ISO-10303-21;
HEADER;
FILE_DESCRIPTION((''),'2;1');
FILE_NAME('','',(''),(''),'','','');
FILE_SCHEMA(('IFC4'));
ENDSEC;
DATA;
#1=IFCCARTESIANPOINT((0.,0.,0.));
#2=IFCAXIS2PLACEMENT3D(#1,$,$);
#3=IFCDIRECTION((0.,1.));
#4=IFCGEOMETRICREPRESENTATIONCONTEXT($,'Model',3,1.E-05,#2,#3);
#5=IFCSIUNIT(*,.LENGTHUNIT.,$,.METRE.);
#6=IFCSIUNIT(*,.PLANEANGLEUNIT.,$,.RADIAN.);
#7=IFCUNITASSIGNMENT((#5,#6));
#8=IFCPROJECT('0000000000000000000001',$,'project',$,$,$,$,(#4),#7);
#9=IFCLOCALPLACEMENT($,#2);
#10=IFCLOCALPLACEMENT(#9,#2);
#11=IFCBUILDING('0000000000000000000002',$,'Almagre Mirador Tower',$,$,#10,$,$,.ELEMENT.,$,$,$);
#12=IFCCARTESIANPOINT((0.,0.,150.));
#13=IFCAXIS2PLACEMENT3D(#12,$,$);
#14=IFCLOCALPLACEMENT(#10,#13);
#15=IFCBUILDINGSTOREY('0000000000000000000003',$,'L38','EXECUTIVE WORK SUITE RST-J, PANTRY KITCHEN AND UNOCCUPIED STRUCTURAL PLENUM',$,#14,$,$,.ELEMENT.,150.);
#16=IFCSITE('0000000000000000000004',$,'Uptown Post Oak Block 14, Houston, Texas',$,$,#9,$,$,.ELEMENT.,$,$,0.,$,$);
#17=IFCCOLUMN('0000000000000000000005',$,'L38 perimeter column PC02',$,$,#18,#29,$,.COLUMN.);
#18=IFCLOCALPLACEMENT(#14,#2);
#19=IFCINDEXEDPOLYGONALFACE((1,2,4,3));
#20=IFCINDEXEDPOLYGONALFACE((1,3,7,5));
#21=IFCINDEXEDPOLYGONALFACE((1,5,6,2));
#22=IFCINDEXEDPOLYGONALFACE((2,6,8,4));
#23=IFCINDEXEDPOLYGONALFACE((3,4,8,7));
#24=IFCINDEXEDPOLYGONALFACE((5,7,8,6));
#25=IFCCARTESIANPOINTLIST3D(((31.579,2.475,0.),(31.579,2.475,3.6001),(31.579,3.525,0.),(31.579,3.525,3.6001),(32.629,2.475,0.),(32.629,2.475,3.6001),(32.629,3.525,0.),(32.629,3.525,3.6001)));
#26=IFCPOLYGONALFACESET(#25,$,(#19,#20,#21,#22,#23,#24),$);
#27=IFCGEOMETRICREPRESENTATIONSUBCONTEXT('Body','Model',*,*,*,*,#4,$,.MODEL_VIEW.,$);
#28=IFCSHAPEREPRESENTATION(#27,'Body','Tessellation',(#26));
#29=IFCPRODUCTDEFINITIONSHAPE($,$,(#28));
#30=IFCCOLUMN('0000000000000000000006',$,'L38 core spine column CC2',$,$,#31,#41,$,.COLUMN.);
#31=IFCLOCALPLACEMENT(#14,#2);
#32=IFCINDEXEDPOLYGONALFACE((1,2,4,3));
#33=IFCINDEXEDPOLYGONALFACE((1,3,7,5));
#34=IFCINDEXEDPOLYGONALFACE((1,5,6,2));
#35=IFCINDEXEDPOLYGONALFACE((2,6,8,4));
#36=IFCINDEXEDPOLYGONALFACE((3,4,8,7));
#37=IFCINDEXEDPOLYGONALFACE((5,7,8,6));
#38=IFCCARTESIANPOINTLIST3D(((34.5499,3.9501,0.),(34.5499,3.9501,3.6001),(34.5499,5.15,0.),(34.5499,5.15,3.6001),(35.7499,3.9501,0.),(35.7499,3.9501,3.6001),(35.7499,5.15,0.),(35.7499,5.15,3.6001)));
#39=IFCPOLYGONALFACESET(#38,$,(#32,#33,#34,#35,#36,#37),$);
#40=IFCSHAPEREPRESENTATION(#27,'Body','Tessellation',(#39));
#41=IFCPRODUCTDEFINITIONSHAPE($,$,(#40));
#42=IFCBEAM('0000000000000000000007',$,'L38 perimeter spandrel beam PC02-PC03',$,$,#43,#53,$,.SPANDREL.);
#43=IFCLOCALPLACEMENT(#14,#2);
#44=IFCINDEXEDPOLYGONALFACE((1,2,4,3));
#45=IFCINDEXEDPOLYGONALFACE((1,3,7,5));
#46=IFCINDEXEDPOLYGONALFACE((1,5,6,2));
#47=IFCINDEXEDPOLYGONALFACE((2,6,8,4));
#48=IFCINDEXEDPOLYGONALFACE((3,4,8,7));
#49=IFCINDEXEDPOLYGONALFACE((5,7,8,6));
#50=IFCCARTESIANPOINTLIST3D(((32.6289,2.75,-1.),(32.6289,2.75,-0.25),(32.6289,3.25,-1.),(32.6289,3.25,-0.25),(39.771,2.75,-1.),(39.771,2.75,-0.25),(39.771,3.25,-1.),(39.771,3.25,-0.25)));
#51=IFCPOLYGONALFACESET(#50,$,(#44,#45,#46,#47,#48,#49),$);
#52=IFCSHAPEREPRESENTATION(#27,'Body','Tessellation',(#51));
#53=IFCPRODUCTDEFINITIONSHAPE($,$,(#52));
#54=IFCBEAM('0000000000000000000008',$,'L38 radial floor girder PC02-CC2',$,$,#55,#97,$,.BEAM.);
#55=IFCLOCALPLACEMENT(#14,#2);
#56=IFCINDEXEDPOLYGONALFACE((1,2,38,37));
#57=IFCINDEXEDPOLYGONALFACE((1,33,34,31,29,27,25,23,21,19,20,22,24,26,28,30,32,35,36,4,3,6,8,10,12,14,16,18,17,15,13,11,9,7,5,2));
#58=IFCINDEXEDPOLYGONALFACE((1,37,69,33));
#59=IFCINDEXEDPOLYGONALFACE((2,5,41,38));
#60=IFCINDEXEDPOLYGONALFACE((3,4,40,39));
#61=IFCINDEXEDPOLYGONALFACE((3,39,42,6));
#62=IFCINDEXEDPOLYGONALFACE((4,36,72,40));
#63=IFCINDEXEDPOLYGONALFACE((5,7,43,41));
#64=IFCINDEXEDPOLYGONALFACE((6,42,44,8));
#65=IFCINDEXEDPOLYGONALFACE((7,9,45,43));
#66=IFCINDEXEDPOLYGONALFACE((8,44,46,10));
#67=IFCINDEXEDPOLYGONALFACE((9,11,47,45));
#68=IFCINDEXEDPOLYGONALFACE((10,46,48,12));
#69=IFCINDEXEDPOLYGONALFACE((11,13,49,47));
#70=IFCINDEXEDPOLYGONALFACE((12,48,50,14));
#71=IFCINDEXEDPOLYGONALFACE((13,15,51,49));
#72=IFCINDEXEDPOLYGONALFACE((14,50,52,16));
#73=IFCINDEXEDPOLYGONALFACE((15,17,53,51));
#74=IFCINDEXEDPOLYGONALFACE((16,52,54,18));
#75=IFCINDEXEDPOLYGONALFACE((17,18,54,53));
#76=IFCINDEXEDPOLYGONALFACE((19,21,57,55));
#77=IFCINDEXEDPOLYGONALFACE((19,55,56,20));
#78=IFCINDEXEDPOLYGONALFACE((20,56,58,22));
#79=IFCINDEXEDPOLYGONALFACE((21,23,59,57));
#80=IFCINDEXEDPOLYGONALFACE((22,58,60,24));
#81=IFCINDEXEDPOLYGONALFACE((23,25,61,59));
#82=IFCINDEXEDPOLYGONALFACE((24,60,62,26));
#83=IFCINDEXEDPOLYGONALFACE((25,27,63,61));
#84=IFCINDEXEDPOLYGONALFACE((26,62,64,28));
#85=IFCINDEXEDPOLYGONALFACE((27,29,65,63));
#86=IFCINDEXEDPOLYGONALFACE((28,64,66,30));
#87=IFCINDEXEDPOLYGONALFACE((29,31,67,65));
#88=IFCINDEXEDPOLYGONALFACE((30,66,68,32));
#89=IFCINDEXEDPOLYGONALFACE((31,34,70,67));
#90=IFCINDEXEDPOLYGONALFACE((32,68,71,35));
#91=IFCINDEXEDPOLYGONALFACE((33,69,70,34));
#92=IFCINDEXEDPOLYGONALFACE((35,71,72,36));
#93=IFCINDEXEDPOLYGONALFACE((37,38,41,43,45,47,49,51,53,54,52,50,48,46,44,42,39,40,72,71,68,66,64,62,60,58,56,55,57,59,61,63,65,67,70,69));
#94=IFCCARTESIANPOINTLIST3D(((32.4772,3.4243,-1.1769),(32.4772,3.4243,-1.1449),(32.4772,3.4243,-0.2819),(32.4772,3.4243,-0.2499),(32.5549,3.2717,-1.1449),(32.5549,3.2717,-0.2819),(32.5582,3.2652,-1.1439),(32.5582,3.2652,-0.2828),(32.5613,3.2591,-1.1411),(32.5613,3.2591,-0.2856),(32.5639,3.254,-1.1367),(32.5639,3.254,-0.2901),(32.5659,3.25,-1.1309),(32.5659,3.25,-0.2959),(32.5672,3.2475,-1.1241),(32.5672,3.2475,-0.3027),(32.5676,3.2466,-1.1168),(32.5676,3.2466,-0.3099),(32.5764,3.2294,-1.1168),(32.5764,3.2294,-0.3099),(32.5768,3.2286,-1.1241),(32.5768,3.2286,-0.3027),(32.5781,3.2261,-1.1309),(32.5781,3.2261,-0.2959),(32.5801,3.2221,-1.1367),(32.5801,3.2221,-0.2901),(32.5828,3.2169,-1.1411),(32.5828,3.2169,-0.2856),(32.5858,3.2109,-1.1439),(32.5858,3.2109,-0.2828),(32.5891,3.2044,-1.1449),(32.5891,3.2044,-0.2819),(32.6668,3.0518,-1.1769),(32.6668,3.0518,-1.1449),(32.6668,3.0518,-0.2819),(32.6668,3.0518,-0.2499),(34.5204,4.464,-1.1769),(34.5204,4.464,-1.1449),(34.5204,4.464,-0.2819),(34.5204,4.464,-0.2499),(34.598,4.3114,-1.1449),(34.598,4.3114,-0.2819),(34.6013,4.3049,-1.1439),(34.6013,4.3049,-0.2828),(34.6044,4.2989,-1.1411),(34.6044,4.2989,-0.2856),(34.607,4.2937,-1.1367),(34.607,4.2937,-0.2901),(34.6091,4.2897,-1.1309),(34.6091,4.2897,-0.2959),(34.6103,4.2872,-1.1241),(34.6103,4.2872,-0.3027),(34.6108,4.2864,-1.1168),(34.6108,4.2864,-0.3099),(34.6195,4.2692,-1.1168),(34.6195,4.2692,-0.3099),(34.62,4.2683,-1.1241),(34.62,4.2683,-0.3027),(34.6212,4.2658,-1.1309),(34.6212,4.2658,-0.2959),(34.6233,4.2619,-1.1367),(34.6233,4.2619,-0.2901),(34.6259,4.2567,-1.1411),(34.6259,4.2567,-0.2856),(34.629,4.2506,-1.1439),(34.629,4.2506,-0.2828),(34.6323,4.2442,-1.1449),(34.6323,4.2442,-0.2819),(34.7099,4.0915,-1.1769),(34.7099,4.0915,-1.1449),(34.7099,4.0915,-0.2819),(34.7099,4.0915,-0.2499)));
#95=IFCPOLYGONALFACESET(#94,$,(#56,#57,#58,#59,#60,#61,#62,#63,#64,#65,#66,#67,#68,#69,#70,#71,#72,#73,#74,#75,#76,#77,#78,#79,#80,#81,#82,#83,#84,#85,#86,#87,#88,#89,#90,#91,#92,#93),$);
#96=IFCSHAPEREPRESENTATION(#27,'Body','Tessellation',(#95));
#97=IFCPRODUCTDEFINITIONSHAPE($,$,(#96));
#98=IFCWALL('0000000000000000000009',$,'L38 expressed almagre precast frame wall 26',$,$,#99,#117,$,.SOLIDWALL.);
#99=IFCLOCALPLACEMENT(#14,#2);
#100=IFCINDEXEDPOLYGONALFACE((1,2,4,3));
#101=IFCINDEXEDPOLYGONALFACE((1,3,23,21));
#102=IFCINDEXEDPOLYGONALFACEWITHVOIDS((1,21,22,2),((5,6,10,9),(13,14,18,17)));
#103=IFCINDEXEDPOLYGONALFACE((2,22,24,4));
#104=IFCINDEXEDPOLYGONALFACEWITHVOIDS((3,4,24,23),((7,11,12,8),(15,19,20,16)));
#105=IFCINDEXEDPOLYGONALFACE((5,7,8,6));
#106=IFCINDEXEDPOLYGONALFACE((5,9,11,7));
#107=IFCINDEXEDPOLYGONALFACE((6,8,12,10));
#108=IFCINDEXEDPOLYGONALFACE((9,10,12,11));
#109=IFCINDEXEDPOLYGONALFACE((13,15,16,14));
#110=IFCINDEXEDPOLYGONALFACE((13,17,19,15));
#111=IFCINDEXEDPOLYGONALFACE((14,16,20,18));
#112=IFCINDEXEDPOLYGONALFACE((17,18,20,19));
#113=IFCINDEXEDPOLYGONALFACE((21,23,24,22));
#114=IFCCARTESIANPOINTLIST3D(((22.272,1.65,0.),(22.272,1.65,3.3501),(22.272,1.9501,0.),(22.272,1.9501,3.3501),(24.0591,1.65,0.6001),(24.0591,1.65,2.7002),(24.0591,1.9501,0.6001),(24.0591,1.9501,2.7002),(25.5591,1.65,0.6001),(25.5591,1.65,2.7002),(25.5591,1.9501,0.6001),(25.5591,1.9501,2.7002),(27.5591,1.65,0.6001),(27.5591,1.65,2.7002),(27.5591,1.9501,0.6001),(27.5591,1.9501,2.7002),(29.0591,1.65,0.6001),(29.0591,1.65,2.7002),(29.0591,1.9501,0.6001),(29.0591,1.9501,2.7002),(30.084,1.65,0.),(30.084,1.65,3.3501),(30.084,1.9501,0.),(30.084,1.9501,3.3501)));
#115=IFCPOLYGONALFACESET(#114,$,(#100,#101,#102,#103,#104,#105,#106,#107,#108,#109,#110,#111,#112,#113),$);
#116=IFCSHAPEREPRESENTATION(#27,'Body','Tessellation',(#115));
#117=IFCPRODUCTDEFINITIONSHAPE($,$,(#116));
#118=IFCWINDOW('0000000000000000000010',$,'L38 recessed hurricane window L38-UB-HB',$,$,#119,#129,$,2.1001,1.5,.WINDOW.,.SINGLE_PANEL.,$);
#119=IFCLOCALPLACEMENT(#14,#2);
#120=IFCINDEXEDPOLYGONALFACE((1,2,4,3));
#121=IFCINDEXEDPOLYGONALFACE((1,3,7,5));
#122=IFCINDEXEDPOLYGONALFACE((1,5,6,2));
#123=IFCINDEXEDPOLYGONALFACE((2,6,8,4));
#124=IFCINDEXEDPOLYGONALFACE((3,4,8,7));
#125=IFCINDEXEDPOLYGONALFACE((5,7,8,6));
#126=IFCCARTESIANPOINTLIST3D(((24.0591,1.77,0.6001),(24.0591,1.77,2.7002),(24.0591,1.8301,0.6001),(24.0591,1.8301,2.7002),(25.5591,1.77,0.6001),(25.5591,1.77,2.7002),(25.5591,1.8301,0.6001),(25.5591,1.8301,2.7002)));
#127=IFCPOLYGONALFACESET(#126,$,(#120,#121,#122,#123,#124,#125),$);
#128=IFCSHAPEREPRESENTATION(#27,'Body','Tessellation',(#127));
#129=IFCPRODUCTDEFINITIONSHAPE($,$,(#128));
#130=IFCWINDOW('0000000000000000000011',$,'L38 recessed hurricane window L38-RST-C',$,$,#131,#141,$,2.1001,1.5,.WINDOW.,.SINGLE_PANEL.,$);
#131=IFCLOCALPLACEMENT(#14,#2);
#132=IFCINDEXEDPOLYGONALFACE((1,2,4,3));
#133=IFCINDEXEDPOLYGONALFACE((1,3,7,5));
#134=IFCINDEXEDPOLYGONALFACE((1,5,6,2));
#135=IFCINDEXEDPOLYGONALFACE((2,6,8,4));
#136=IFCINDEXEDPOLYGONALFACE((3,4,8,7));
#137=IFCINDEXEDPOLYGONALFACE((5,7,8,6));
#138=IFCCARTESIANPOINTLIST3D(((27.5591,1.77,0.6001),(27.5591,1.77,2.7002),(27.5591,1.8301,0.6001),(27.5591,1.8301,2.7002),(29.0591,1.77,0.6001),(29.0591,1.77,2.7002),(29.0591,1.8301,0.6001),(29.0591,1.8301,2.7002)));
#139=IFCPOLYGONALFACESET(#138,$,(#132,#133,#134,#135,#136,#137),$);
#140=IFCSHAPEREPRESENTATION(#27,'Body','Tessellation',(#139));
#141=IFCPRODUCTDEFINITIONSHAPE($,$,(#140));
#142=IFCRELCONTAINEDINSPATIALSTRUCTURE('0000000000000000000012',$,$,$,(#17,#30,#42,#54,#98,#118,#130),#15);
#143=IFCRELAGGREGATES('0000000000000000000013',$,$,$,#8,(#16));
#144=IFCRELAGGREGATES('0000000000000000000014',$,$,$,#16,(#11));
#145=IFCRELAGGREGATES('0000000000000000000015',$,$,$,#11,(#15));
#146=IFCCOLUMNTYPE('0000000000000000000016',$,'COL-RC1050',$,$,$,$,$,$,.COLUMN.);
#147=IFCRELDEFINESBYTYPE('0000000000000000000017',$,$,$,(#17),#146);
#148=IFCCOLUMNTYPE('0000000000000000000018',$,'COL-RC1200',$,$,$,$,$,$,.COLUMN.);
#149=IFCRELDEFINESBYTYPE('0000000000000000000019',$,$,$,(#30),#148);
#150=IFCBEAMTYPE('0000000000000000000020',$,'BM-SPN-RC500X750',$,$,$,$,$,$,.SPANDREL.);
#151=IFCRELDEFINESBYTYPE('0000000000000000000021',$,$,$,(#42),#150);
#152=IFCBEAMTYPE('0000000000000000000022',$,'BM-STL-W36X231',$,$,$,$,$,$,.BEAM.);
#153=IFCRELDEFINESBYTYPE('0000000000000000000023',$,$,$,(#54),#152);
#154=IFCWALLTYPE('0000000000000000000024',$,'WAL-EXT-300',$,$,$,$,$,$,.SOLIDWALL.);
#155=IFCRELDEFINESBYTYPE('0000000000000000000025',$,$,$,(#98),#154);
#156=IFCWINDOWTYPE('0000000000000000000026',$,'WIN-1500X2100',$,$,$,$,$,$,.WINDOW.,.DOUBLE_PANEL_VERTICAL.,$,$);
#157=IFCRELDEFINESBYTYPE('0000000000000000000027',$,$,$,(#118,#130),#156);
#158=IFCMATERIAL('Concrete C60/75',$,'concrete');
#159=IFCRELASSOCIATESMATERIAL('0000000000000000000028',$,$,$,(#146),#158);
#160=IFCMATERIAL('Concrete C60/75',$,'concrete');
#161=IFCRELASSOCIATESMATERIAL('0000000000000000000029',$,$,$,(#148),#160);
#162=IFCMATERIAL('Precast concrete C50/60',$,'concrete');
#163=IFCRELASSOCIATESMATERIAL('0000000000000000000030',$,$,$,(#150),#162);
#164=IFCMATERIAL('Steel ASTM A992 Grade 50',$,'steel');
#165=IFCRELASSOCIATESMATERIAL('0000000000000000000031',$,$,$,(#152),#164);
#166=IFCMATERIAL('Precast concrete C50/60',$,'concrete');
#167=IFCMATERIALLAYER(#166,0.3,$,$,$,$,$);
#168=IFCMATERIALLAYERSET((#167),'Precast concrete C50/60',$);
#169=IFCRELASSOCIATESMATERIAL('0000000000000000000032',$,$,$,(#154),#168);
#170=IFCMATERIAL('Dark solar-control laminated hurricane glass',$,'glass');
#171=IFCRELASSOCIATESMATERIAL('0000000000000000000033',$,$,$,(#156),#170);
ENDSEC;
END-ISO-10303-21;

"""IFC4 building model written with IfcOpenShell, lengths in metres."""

from ifc_helpers import new_model, si_unit, direction, frame, frame_2d, origin, origin_2d, place, context, subcontext, project, spatial, rectangle, i_section, extrude, material, layer, layer_set, material_profile, profile_set, type_object, element, fill, save


model = new_model("IFC4")

# Units and contexts
model_context = context("Model", 3, precision=1e-05, world=origin(), true_north=direction((0.0, 1.0)))
body_context = subcontext(model_context, "Body", "Model", "MODEL_VIEW")
ifc_project = project(units=[si_unit("LENGTHUNIT", "METRE"), si_unit("PLANEANGLEUNIT", "RADIAN")], contexts=[model_context])

# Site, building, storey
site_placement = place(None, origin())
site = spatial("IfcSite", under=ifc_project, at=site_placement, Name="Uptown Post Oak Block 14, Houston, Texas", CompositionType="ELEMENT", RefElevation=0.0)
building_placement = place(site_placement, origin())
building = spatial("IfcBuilding", under=site, at=building_placement, Name="Almagre Mirador Tower", CompositionType="ELEMENT")
storey_placement = place(building_placement, frame((0.0, 0.0, 150.0)))
storey = spatial("IfcBuildingStorey", under=building, at=storey_placement, Name="L38", Description="EXECUTIVE WORK SUITE RST-J, PANTRY KITCHEN AND UNOCCUPIED STRUCTURAL PLENUM", CompositionType="ELEMENT", Elevation=150.0)

# Columns
ifc_material_1 = material(Name="Concrete C60/75", Category="concrete")
ifc_material_profile_1 = material_profile(ifc_material_1, rectangle(XDim=1.05, YDim=1.05, at=origin_2d()), Name="RC1050X1050")
ifc_profile_set_1 = profile_set([ifc_material_profile_1], Name="Concrete C60/75")
column_type_1 = type_object("IfcColumnType", Name="COL-RC1050", PredefinedType="COLUMN", material=ifc_profile_set_1)
column_1_placement = place(storey_placement, frame((32.104, 3.0, 0.0), z_axis=(0.0, 0.0, 1.0), x_axis=(1.0, 0.0, 0.0)))
element("IfcColumn", 1, at=column_1_placement, inside=storey, type_object=column_type_1, Name="L38 perimeter column PC02", PredefinedType="COLUMN", context=body_context, shape_type="SweptSolid", body=[
    extrude(rectangle(XDim=1.05, YDim=1.05, at=origin_2d()), origin(), (0.0, 0.0, 1.0), 3.6001),
])
ifc_material_2 = material(Name="Concrete C60/75", Category="concrete")
ifc_material_profile_2 = material_profile(ifc_material_2, rectangle(XDim=1.2, YDim=1.2, at=origin_2d()), Name="RC1200X1200")
ifc_profile_set_2 = profile_set([ifc_material_profile_2], Name="Concrete C60/75")
column_type_2 = type_object("IfcColumnType", Name="COL-RC1200", PredefinedType="COLUMN", material=ifc_profile_set_2)
column_2_placement = place(storey_placement, frame((35.1499, 4.55, 0.0), z_axis=(0.0, 0.0, 1.0), x_axis=(1.0, 0.0, 0.0)))
element("IfcColumn", 2, at=column_2_placement, inside=storey, type_object=column_type_2, Name="L38 core spine column CC2", PredefinedType="COLUMN", context=body_context, shape_type="SweptSolid", body=[
    extrude(rectangle(XDim=1.2, YDim=1.2, at=origin_2d()), origin(), (0.0, 0.0, 1.0), 3.6001),
])

# Beams
ifc_material_3 = material(Name="Precast concrete C50/60", Category="concrete")
ifc_material_profile_3 = material_profile(ifc_material_3, rectangle(XDim=0.5, YDim=0.75, at=origin_2d()), Name="RC500X750")
ifc_profile_set_3 = profile_set([ifc_material_profile_3], Name="Precast concrete C50/60")
beam_type_1 = type_object("IfcBeamType", Name="BM-SPN-RC500X750", PredefinedType="SPANDREL", material=ifc_profile_set_3)
beam_1_placement = place(storey_placement, frame((32.6289, 3.0, -0.625), z_axis=(1.0, 0.0, 0.0), x_axis=(0.0, 1.0, 0.0)))
element("IfcBeam", 3, at=beam_1_placement, inside=storey, type_object=beam_type_1, Name="L38 perimeter spandrel beam PC02-PC03", PredefinedType="SPANDREL", context=body_context, shape_type="SweptSolid", body=[
    extrude(rectangle(XDim=0.5, YDim=0.75, at=origin_2d()), origin(), (0.0, 0.0, 1.0), 7.1421),
])
ifc_material_4 = material(Name="Steel ASTM A992 Grade 50", Category="steel")
ifc_material_profile_4 = material_profile(ifc_material_4, i_section(OverallWidth=0.418, OverallDepth=0.927, WebThickness=0.0193, FlangeThickness=0.032, FilletRadius=0.0281, at=origin_2d()), Name="W36X231")
ifc_profile_set_4 = profile_set([ifc_material_profile_4], Name="Steel ASTM A992 Grade 50")
beam_type_2 = type_object("IfcBeamType", Name="BM-STL-W36X231", PredefinedType="BEAM", material=ifc_profile_set_4)
beam_2_placement = place(storey_placement, frame((32.572, 3.238, -0.7134), z_axis=(0.891231, 0.453549, 0.0), x_axis=(-0.453549, 0.891231, 0.0)))
element("IfcBeam", 4, at=beam_2_placement, inside=storey, type_object=beam_type_2, Name="L38 radial floor girder PC02-CC2", PredefinedType="BEAM", context=body_context, shape_type="SweptSolid", body=[
    extrude(i_section(OverallWidth=0.418, OverallDepth=0.927, WebThickness=0.0193, FlangeThickness=0.032, FilletRadius=0.0281, at=origin_2d()), origin(), (0.0, 0.0, 1.0), 2.2925),
])

# Wall, openings, windows
ifc_material_5 = material(Name="Precast concrete C50/60", Category="concrete")
ifc_layer_1 = layer(ifc_material_5, 0.3)
ifc_layer_set_1 = layer_set([ifc_layer_1], Name="Precast concrete C50/60")
wall_type_1 = type_object("IfcWallType", Name="WAL-EXT-300", PredefinedType="SOLIDWALL", material=ifc_layer_set_1)
wall_1_placement = place(storey_placement, frame((30.084, 1.8, 0.0), z_axis=(0.0, 0.0, 1.0), x_axis=(-1.0, 0.0, 0.0)))
wall_1 = element("IfcWall", 5, at=wall_1_placement, inside=storey, type_object=wall_type_1, Name="L38 expressed almagre precast frame wall 26", PredefinedType="SOLIDWALL", context=body_context, shape_type="SweptSolid", body=[
    extrude(rectangle(XDim=7.812, YDim=0.3, at=frame_2d((3.906, 0.0))), origin(), (0.0, 0.0, 1.0), 3.3501),
])
opening_1_placement = place(wall_1_placement, frame((4.5249, 0.0, 0.6001)))
opening_1 = element("IfcOpeningElement", 6, at=opening_1_placement, cuts=wall_1, PredefinedType="OPENING", context=body_context, shape_type="SweptSolid", body=[
    extrude(rectangle(XDim=1.5, YDim=2.1001, at=frame_2d((0.75, 1.05))), frame((0.0, 0.1599, 0.0), z_axis=(0.0, -1.0, 0.0), x_axis=(1.0, 0.0, 0.0)), (0.0, 0.0, 1.0), 0.32),
])
opening_2_placement = place(wall_1_placement, frame((1.0249, 0.0, 0.6001)))
opening_2 = element("IfcOpeningElement", 7, at=opening_2_placement, cuts=wall_1, PredefinedType="OPENING", context=body_context, shape_type="SweptSolid", body=[
    extrude(rectangle(XDim=1.5, YDim=2.1001, at=frame_2d((0.75, 1.05))), frame((0.0, 0.1599, 0.0), z_axis=(0.0, -1.0, 0.0), x_axis=(1.0, 0.0, 0.0)), (0.0, 0.0, 1.0), 0.32),
])
ifc_material_6 = material(Name="Dark solar-control laminated hurricane glass", Category="glass")
window_type = type_object("IfcWindowType", Name="WIN-1500X2100", PartitioningType="DOUBLE_PANEL_VERTICAL", PredefinedType="WINDOW", material=ifc_material_6)
window_1_placement = place(opening_1_placement, origin())
window_1 = element("IfcWindow", 8, at=window_1_placement, inside=storey, type_object=window_type, Name="L38 recessed hurricane window L38-UB-HB", OverallHeight=2.1001, OverallWidth=1.5, PartitioningType="SINGLE_PANEL", PredefinedType="WINDOW", context=body_context, shape_type="SweptSolid", body=[
    extrude(rectangle(XDim=1.5, YDim=2.1001, at=frame_2d((0.75, 1.05))), frame((0.0, 0.03, 0.0), z_axis=(0.0, -1.0, 0.0), x_axis=(1.0, 0.0, 0.0)), (0.0, 0.0, 1.0), 0.0601),
])
fill(opening_1, window_1)
window_2_placement = place(opening_2_placement, origin())
window_2 = element("IfcWindow", 9, at=window_2_placement, inside=storey, type_object=window_type, Name="L38 recessed hurricane window L38-RST-C", OverallHeight=2.1001, OverallWidth=1.5, PartitioningType="SINGLE_PANEL", PredefinedType="WINDOW", context=body_context, shape_type="SweptSolid", body=[
    extrude(rectangle(XDim=1.5, YDim=2.1001, at=frame_2d((0.75, 1.05))), frame((0.0, 0.03, 0.0), z_axis=(0.0, -1.0, 0.0), x_axis=(1.0, 0.0, 0.0)), (0.0, 0.0, 1.0), 0.0601),
])
fill(opening_2, window_2)

save(model, "model.ifc")
